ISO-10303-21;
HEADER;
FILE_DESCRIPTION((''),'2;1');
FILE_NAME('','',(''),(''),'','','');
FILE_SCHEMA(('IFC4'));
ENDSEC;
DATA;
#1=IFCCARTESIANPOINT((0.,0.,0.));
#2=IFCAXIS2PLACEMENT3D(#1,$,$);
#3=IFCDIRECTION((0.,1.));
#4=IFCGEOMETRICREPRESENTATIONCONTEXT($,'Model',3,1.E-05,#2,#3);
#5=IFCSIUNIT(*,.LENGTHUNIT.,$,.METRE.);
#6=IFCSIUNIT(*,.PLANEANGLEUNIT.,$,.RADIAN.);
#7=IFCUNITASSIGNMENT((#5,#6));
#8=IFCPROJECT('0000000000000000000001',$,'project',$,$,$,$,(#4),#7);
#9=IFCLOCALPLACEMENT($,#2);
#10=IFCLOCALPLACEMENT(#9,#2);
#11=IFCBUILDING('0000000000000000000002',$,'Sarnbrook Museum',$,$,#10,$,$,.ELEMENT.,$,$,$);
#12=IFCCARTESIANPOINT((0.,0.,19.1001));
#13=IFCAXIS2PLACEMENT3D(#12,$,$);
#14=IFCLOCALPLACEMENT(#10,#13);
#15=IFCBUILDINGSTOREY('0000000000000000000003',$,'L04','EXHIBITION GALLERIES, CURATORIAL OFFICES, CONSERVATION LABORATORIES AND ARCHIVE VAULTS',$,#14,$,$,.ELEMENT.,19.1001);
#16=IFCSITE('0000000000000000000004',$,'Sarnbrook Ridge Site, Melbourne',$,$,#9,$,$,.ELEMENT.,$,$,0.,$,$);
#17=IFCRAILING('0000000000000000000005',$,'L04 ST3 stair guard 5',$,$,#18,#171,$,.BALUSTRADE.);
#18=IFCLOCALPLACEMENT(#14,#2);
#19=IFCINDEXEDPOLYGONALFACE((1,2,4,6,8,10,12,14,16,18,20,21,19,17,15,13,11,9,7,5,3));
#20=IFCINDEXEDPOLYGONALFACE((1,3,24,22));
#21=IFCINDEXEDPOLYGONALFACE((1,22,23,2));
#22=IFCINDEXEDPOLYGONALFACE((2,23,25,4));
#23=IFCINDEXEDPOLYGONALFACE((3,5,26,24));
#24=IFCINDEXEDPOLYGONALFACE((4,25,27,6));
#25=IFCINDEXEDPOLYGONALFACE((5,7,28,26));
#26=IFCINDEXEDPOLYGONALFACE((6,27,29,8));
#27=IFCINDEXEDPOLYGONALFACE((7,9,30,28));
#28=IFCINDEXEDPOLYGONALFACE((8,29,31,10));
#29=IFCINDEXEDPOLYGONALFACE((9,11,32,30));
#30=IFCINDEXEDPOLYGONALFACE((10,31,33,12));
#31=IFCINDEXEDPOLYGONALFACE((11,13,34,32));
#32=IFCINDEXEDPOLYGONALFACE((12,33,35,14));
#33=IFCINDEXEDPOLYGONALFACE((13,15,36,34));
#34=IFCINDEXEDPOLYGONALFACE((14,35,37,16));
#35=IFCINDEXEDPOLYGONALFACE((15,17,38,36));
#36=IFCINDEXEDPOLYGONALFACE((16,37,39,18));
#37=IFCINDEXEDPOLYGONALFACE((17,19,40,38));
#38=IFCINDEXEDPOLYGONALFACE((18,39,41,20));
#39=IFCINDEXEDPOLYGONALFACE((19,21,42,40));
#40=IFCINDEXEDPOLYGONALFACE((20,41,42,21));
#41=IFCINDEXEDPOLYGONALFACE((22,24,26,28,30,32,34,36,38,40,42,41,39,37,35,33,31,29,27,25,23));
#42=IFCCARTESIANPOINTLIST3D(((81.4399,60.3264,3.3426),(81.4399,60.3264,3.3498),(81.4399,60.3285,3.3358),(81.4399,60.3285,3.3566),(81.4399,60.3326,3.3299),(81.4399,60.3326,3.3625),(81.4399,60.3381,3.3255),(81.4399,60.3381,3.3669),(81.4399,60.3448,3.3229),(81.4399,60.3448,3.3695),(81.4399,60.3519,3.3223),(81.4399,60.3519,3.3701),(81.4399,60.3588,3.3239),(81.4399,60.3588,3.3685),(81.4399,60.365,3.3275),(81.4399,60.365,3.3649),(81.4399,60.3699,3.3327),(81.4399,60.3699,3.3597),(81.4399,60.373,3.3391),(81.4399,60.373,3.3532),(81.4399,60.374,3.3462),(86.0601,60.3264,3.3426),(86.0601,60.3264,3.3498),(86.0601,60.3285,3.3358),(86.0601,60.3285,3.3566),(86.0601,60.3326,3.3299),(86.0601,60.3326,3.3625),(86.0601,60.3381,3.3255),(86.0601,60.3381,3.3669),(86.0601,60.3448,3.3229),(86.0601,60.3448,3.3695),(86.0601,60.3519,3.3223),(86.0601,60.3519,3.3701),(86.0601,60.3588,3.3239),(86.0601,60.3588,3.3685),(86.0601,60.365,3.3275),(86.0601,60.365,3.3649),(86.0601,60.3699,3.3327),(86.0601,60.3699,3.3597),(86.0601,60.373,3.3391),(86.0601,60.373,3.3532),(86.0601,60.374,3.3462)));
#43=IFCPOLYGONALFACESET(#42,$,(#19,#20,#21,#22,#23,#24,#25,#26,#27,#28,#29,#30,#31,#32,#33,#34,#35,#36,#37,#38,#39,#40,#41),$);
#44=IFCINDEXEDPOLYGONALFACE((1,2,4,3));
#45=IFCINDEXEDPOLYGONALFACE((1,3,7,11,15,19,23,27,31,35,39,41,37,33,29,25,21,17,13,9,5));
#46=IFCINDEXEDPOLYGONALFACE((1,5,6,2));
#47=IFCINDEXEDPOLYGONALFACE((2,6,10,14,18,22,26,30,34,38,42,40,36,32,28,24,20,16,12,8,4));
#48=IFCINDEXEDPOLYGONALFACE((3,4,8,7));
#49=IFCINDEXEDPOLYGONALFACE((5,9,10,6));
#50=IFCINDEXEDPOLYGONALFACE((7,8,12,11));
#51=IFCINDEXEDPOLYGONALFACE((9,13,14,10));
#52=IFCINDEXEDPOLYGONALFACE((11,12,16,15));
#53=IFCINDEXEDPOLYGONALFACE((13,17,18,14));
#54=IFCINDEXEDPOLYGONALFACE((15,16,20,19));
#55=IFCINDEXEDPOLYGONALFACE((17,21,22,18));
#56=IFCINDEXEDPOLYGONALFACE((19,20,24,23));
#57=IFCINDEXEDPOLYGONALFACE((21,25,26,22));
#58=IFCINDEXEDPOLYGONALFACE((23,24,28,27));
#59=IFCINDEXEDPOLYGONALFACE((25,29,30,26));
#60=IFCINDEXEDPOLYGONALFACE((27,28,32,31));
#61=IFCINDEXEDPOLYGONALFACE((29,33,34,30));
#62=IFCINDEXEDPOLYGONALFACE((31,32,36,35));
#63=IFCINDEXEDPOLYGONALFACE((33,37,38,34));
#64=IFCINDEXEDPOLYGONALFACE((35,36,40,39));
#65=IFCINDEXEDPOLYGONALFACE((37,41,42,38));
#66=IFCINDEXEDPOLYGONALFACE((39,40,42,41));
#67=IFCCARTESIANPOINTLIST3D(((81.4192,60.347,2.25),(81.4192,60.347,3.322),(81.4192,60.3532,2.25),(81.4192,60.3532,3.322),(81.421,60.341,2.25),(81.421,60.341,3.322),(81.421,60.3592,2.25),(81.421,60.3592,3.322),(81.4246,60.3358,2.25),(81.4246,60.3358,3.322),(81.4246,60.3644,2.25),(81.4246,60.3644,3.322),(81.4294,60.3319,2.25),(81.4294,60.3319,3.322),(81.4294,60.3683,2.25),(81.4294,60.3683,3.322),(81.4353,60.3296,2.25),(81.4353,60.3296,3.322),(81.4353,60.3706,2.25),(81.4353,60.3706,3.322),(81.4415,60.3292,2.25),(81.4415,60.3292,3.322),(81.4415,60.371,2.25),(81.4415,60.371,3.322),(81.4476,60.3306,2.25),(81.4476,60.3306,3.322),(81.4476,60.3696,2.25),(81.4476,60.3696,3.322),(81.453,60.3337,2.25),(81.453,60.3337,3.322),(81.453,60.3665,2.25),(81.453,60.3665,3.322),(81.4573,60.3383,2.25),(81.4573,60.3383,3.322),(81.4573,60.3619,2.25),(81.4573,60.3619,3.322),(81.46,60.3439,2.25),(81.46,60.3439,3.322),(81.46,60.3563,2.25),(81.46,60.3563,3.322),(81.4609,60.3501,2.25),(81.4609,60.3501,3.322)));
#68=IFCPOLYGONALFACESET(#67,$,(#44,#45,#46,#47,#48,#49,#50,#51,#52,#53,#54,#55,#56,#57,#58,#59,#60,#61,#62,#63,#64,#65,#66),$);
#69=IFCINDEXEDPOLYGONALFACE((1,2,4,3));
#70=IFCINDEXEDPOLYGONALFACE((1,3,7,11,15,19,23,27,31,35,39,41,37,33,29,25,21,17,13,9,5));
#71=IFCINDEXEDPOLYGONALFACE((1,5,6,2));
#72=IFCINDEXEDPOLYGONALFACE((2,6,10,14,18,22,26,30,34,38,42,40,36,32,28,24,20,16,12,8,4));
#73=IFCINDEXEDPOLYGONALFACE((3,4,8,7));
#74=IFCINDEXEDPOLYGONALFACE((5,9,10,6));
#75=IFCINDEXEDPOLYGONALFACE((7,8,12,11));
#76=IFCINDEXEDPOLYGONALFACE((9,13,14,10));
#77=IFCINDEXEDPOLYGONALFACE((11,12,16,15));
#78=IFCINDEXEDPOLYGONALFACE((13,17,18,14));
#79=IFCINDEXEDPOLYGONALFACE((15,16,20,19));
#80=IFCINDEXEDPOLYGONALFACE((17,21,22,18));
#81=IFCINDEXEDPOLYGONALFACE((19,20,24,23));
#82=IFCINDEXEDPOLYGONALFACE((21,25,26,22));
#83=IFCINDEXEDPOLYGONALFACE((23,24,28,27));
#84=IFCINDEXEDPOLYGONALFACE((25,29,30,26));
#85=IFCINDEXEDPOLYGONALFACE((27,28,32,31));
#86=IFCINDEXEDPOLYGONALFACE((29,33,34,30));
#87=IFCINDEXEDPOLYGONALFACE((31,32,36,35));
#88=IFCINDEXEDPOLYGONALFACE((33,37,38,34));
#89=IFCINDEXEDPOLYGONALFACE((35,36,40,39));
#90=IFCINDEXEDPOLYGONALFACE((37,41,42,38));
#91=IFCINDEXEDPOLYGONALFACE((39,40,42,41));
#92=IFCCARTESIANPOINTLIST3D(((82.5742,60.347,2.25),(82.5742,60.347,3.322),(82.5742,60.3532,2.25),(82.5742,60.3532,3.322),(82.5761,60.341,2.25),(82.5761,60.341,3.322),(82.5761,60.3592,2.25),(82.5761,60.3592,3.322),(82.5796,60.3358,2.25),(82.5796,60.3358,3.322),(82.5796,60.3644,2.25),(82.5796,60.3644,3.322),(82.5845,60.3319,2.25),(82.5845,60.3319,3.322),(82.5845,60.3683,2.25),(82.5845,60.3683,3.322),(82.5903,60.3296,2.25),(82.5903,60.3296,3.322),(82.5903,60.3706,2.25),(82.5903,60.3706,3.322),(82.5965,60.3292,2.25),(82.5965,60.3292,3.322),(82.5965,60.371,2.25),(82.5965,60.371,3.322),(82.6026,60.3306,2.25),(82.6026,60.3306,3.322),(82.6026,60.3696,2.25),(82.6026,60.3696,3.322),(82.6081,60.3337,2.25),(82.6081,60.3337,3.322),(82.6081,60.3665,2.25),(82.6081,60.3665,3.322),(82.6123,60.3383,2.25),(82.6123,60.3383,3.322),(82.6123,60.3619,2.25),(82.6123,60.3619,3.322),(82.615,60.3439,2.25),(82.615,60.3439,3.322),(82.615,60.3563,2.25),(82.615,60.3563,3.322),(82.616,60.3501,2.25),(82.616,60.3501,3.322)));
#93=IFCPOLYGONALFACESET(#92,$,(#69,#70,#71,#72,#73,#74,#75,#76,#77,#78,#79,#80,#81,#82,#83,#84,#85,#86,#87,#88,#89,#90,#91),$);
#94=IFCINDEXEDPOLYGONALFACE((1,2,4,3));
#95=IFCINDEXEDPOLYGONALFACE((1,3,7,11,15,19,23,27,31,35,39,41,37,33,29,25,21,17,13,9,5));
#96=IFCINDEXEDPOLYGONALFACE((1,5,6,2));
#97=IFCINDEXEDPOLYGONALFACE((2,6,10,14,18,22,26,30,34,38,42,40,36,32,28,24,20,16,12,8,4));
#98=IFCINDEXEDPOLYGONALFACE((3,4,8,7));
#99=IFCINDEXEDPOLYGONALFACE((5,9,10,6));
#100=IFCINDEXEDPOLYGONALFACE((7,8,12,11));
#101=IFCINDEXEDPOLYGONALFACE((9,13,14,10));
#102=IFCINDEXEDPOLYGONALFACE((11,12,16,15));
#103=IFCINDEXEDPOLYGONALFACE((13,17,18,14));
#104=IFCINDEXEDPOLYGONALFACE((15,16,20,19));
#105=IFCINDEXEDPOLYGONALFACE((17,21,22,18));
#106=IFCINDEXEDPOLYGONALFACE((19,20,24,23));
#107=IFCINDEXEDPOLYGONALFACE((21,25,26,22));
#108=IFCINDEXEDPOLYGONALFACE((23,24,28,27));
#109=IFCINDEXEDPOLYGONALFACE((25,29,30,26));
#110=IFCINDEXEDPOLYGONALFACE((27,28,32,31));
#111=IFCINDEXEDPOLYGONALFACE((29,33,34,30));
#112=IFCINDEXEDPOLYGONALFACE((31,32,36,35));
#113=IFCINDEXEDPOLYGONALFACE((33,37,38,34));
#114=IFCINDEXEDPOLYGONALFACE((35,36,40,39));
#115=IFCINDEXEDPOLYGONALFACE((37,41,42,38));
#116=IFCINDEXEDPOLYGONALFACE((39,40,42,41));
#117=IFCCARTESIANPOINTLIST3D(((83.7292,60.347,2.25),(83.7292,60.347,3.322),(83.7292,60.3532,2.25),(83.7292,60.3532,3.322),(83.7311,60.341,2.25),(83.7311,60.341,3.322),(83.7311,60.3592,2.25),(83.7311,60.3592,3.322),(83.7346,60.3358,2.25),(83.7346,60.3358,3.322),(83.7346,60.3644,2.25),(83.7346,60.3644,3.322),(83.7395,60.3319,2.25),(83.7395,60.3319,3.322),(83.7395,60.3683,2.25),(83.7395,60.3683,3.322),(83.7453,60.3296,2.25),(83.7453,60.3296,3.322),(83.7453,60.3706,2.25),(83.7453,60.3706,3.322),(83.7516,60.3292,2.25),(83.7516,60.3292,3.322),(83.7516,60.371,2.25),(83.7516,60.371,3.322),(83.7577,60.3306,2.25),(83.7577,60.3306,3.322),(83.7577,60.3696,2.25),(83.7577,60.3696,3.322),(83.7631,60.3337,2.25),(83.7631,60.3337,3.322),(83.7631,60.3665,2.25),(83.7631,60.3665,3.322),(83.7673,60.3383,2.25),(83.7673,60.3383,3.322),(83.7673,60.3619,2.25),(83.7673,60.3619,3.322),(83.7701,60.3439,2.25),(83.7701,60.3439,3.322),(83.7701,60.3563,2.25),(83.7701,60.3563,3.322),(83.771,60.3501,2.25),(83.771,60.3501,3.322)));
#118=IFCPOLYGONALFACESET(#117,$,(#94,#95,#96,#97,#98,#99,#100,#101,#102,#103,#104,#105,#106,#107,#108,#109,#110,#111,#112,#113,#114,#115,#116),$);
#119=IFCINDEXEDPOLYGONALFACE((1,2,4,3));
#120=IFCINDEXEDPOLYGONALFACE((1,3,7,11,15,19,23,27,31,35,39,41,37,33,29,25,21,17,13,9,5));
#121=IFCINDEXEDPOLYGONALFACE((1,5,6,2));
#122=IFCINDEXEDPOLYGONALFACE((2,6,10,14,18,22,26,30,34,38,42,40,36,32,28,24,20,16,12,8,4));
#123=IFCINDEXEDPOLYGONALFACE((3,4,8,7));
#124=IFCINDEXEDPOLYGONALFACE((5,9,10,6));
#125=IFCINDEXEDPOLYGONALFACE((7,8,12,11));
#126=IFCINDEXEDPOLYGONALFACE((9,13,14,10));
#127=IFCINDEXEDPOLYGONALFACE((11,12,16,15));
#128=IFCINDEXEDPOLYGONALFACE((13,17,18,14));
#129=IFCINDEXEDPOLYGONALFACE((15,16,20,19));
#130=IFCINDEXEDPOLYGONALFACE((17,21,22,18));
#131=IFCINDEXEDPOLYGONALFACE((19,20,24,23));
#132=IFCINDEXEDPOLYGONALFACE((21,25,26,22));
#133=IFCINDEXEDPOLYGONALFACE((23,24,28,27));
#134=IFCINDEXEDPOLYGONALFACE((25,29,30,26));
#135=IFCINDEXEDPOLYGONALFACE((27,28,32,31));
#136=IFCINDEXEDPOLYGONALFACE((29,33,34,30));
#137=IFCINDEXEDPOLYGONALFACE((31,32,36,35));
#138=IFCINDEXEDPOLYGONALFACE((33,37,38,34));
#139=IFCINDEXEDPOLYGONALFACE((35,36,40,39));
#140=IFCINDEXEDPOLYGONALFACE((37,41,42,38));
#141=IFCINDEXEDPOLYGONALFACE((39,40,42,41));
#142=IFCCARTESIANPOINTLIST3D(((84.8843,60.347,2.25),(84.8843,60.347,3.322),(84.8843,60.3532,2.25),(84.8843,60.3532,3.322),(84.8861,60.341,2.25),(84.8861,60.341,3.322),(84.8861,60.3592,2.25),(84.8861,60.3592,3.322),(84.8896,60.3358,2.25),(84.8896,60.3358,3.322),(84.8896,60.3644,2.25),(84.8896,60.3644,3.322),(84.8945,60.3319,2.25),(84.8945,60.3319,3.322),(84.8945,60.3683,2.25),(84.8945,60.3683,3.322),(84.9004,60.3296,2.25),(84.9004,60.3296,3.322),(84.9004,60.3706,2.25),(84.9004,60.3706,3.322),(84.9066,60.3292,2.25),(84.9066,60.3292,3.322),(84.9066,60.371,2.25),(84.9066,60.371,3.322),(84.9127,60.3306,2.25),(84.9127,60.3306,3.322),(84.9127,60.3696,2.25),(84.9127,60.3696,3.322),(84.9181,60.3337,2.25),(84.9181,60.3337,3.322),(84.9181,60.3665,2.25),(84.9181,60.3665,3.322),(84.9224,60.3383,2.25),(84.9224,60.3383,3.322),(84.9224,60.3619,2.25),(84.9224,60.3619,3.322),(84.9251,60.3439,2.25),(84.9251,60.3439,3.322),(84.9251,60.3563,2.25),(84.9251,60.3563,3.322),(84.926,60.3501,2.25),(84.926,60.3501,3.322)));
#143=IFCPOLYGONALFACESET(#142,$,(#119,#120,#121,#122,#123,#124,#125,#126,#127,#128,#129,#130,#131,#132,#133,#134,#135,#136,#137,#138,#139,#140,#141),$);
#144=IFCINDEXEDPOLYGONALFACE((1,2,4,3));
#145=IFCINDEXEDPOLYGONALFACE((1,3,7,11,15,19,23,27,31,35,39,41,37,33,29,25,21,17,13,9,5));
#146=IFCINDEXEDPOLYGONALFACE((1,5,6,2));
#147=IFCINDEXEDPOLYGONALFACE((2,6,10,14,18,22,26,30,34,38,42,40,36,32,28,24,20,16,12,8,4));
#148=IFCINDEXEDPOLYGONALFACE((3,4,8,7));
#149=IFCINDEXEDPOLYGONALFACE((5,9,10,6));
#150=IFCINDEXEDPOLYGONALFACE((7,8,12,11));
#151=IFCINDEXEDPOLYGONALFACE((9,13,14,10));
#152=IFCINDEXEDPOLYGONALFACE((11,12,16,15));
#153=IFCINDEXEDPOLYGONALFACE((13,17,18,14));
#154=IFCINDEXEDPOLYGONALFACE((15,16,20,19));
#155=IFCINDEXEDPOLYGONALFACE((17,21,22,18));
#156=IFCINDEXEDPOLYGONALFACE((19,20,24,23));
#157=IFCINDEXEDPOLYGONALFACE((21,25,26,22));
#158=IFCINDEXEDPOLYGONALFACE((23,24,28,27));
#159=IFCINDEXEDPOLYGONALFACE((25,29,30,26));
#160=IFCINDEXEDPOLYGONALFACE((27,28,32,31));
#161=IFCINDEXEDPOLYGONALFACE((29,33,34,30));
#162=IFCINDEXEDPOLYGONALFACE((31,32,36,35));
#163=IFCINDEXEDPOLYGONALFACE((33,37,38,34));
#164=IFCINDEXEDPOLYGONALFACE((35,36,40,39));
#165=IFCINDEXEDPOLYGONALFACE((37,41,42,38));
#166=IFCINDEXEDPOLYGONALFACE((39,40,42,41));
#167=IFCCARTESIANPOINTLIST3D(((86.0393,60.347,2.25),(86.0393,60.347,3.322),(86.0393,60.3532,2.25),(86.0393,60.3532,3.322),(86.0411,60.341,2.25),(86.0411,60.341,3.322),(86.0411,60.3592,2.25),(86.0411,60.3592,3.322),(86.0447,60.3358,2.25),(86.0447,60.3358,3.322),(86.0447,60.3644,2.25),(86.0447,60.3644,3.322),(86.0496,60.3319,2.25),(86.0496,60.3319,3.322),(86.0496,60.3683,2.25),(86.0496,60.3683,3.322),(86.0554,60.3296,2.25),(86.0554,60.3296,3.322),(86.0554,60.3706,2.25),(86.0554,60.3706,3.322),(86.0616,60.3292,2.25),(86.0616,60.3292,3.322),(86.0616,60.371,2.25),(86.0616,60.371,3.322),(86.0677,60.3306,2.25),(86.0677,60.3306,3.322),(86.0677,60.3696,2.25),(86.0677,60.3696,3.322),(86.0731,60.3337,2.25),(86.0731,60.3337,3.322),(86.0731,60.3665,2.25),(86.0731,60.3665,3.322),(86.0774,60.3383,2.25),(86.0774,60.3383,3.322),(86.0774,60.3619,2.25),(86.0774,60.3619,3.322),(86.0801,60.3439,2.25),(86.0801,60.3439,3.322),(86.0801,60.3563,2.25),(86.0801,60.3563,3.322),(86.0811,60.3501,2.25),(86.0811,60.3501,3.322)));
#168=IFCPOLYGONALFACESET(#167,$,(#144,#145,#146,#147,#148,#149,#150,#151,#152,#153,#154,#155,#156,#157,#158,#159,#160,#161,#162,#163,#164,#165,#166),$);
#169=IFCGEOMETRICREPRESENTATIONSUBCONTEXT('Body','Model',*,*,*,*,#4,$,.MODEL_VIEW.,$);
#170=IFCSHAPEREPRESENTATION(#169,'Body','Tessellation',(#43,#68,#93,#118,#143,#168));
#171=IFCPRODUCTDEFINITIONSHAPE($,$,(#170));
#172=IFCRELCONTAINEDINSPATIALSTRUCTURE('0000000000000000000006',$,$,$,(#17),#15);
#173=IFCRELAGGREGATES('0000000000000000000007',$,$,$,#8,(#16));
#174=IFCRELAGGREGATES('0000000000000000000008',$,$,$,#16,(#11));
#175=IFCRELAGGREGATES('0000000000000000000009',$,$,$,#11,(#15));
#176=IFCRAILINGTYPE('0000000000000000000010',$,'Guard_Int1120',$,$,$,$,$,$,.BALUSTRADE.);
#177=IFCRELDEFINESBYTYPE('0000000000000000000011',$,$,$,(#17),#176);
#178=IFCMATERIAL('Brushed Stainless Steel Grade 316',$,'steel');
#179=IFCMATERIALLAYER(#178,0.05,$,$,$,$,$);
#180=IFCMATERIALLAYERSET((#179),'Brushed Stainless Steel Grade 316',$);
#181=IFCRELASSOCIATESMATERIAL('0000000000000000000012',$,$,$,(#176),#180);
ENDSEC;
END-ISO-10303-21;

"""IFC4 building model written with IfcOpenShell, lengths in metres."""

from ifc_helpers import new_model, si_unit, direction, frame, origin, origin_2d, place, context, subcontext, project, spatial, circle, extrude, material, layer, layer_set, type_object, element, save


model = new_model("IFC4")

# Units and contexts
model_context = context("Model", 3, precision=1e-05, world=origin(), true_north=direction((0.0, 1.0)))
body_context = subcontext(model_context, "Body", "Model", "MODEL_VIEW")
ifc_project = project(units=[si_unit("LENGTHUNIT", "METRE"), si_unit("PLANEANGLEUNIT", "RADIAN")], contexts=[model_context])

# Site, building, storey
site_placement = place(None, origin())
site = spatial("IfcSite", under=ifc_project, at=site_placement, Name="Sarnbrook Ridge Site, Melbourne", CompositionType="ELEMENT", RefElevation=0.0)
building_placement = place(site_placement, origin())
building = spatial("IfcBuilding", under=site, at=building_placement, Name="Sarnbrook Museum", CompositionType="ELEMENT")
storey_placement = place(building_placement, frame((0.0, 0.0, 19.1001)))
storey = spatial("IfcBuildingStorey", under=building, at=storey_placement, Name="L04", Description="EXHIBITION GALLERIES, CURATORIAL OFFICES, CONSERVATION LABORATORIES AND ARCHIVE VAULTS", CompositionType="ELEMENT", Elevation=19.1001)

# Shared definitions
ifc_material_1 = material(Name="Brushed Stainless Steel Grade 316", Category="steel")

# Railing
ifc_layer_1 = layer(ifc_material_1, 0.05)
ifc_layer_set_1 = layer_set([ifc_layer_1], Name="Brushed Stainless Steel Grade 316")
railing_type_1 = type_object("IfcRailingType", Name="Guard_Int1120", PredefinedType="BALUSTRADE", material=ifc_layer_set_1)
railing_1_placement = place(storey_placement, frame((81.4399, 60.3501, 2.25)))
element("IfcRailing", 1, at=railing_1_placement, inside=storey, type_object=railing_type_1, Name="L04 ST3 stair guard 5", PredefinedType="BALUSTRADE", context=body_context, shape_type="SweptSolid", body=[
    extrude(circle(Radius=0.0239, at=origin_2d()), frame((0.0, 0.0, 1.0962), z_axis=(1.0, 0.0, 0.0), x_axis=(0.0, 1.0, 0.0)), (0.0, 0.0, 1.0), 4.6201),
    extrude(circle(Radius=0.021, at=origin_2d()), origin(), (0.0, 0.0, 1.0), 1.072),
    extrude(circle(Radius=0.021, at=origin_2d()), frame((1.155, 0.0, 0.0)), (0.0, 0.0, 1.0), 1.072),
    extrude(circle(Radius=0.021, at=origin_2d()), frame((2.3101, 0.0, 0.0)), (0.0, 0.0, 1.0), 1.072),
    extrude(circle(Radius=0.021, at=origin_2d()), frame((3.4651, 0.0, 0.0)), (0.0, 0.0, 1.0), 1.072),
    extrude(circle(Radius=0.021, at=origin_2d()), frame((4.6201, 0.0, 0.0)), (0.0, 0.0, 1.0), 1.072),
])

save(model, "model.ifc")
